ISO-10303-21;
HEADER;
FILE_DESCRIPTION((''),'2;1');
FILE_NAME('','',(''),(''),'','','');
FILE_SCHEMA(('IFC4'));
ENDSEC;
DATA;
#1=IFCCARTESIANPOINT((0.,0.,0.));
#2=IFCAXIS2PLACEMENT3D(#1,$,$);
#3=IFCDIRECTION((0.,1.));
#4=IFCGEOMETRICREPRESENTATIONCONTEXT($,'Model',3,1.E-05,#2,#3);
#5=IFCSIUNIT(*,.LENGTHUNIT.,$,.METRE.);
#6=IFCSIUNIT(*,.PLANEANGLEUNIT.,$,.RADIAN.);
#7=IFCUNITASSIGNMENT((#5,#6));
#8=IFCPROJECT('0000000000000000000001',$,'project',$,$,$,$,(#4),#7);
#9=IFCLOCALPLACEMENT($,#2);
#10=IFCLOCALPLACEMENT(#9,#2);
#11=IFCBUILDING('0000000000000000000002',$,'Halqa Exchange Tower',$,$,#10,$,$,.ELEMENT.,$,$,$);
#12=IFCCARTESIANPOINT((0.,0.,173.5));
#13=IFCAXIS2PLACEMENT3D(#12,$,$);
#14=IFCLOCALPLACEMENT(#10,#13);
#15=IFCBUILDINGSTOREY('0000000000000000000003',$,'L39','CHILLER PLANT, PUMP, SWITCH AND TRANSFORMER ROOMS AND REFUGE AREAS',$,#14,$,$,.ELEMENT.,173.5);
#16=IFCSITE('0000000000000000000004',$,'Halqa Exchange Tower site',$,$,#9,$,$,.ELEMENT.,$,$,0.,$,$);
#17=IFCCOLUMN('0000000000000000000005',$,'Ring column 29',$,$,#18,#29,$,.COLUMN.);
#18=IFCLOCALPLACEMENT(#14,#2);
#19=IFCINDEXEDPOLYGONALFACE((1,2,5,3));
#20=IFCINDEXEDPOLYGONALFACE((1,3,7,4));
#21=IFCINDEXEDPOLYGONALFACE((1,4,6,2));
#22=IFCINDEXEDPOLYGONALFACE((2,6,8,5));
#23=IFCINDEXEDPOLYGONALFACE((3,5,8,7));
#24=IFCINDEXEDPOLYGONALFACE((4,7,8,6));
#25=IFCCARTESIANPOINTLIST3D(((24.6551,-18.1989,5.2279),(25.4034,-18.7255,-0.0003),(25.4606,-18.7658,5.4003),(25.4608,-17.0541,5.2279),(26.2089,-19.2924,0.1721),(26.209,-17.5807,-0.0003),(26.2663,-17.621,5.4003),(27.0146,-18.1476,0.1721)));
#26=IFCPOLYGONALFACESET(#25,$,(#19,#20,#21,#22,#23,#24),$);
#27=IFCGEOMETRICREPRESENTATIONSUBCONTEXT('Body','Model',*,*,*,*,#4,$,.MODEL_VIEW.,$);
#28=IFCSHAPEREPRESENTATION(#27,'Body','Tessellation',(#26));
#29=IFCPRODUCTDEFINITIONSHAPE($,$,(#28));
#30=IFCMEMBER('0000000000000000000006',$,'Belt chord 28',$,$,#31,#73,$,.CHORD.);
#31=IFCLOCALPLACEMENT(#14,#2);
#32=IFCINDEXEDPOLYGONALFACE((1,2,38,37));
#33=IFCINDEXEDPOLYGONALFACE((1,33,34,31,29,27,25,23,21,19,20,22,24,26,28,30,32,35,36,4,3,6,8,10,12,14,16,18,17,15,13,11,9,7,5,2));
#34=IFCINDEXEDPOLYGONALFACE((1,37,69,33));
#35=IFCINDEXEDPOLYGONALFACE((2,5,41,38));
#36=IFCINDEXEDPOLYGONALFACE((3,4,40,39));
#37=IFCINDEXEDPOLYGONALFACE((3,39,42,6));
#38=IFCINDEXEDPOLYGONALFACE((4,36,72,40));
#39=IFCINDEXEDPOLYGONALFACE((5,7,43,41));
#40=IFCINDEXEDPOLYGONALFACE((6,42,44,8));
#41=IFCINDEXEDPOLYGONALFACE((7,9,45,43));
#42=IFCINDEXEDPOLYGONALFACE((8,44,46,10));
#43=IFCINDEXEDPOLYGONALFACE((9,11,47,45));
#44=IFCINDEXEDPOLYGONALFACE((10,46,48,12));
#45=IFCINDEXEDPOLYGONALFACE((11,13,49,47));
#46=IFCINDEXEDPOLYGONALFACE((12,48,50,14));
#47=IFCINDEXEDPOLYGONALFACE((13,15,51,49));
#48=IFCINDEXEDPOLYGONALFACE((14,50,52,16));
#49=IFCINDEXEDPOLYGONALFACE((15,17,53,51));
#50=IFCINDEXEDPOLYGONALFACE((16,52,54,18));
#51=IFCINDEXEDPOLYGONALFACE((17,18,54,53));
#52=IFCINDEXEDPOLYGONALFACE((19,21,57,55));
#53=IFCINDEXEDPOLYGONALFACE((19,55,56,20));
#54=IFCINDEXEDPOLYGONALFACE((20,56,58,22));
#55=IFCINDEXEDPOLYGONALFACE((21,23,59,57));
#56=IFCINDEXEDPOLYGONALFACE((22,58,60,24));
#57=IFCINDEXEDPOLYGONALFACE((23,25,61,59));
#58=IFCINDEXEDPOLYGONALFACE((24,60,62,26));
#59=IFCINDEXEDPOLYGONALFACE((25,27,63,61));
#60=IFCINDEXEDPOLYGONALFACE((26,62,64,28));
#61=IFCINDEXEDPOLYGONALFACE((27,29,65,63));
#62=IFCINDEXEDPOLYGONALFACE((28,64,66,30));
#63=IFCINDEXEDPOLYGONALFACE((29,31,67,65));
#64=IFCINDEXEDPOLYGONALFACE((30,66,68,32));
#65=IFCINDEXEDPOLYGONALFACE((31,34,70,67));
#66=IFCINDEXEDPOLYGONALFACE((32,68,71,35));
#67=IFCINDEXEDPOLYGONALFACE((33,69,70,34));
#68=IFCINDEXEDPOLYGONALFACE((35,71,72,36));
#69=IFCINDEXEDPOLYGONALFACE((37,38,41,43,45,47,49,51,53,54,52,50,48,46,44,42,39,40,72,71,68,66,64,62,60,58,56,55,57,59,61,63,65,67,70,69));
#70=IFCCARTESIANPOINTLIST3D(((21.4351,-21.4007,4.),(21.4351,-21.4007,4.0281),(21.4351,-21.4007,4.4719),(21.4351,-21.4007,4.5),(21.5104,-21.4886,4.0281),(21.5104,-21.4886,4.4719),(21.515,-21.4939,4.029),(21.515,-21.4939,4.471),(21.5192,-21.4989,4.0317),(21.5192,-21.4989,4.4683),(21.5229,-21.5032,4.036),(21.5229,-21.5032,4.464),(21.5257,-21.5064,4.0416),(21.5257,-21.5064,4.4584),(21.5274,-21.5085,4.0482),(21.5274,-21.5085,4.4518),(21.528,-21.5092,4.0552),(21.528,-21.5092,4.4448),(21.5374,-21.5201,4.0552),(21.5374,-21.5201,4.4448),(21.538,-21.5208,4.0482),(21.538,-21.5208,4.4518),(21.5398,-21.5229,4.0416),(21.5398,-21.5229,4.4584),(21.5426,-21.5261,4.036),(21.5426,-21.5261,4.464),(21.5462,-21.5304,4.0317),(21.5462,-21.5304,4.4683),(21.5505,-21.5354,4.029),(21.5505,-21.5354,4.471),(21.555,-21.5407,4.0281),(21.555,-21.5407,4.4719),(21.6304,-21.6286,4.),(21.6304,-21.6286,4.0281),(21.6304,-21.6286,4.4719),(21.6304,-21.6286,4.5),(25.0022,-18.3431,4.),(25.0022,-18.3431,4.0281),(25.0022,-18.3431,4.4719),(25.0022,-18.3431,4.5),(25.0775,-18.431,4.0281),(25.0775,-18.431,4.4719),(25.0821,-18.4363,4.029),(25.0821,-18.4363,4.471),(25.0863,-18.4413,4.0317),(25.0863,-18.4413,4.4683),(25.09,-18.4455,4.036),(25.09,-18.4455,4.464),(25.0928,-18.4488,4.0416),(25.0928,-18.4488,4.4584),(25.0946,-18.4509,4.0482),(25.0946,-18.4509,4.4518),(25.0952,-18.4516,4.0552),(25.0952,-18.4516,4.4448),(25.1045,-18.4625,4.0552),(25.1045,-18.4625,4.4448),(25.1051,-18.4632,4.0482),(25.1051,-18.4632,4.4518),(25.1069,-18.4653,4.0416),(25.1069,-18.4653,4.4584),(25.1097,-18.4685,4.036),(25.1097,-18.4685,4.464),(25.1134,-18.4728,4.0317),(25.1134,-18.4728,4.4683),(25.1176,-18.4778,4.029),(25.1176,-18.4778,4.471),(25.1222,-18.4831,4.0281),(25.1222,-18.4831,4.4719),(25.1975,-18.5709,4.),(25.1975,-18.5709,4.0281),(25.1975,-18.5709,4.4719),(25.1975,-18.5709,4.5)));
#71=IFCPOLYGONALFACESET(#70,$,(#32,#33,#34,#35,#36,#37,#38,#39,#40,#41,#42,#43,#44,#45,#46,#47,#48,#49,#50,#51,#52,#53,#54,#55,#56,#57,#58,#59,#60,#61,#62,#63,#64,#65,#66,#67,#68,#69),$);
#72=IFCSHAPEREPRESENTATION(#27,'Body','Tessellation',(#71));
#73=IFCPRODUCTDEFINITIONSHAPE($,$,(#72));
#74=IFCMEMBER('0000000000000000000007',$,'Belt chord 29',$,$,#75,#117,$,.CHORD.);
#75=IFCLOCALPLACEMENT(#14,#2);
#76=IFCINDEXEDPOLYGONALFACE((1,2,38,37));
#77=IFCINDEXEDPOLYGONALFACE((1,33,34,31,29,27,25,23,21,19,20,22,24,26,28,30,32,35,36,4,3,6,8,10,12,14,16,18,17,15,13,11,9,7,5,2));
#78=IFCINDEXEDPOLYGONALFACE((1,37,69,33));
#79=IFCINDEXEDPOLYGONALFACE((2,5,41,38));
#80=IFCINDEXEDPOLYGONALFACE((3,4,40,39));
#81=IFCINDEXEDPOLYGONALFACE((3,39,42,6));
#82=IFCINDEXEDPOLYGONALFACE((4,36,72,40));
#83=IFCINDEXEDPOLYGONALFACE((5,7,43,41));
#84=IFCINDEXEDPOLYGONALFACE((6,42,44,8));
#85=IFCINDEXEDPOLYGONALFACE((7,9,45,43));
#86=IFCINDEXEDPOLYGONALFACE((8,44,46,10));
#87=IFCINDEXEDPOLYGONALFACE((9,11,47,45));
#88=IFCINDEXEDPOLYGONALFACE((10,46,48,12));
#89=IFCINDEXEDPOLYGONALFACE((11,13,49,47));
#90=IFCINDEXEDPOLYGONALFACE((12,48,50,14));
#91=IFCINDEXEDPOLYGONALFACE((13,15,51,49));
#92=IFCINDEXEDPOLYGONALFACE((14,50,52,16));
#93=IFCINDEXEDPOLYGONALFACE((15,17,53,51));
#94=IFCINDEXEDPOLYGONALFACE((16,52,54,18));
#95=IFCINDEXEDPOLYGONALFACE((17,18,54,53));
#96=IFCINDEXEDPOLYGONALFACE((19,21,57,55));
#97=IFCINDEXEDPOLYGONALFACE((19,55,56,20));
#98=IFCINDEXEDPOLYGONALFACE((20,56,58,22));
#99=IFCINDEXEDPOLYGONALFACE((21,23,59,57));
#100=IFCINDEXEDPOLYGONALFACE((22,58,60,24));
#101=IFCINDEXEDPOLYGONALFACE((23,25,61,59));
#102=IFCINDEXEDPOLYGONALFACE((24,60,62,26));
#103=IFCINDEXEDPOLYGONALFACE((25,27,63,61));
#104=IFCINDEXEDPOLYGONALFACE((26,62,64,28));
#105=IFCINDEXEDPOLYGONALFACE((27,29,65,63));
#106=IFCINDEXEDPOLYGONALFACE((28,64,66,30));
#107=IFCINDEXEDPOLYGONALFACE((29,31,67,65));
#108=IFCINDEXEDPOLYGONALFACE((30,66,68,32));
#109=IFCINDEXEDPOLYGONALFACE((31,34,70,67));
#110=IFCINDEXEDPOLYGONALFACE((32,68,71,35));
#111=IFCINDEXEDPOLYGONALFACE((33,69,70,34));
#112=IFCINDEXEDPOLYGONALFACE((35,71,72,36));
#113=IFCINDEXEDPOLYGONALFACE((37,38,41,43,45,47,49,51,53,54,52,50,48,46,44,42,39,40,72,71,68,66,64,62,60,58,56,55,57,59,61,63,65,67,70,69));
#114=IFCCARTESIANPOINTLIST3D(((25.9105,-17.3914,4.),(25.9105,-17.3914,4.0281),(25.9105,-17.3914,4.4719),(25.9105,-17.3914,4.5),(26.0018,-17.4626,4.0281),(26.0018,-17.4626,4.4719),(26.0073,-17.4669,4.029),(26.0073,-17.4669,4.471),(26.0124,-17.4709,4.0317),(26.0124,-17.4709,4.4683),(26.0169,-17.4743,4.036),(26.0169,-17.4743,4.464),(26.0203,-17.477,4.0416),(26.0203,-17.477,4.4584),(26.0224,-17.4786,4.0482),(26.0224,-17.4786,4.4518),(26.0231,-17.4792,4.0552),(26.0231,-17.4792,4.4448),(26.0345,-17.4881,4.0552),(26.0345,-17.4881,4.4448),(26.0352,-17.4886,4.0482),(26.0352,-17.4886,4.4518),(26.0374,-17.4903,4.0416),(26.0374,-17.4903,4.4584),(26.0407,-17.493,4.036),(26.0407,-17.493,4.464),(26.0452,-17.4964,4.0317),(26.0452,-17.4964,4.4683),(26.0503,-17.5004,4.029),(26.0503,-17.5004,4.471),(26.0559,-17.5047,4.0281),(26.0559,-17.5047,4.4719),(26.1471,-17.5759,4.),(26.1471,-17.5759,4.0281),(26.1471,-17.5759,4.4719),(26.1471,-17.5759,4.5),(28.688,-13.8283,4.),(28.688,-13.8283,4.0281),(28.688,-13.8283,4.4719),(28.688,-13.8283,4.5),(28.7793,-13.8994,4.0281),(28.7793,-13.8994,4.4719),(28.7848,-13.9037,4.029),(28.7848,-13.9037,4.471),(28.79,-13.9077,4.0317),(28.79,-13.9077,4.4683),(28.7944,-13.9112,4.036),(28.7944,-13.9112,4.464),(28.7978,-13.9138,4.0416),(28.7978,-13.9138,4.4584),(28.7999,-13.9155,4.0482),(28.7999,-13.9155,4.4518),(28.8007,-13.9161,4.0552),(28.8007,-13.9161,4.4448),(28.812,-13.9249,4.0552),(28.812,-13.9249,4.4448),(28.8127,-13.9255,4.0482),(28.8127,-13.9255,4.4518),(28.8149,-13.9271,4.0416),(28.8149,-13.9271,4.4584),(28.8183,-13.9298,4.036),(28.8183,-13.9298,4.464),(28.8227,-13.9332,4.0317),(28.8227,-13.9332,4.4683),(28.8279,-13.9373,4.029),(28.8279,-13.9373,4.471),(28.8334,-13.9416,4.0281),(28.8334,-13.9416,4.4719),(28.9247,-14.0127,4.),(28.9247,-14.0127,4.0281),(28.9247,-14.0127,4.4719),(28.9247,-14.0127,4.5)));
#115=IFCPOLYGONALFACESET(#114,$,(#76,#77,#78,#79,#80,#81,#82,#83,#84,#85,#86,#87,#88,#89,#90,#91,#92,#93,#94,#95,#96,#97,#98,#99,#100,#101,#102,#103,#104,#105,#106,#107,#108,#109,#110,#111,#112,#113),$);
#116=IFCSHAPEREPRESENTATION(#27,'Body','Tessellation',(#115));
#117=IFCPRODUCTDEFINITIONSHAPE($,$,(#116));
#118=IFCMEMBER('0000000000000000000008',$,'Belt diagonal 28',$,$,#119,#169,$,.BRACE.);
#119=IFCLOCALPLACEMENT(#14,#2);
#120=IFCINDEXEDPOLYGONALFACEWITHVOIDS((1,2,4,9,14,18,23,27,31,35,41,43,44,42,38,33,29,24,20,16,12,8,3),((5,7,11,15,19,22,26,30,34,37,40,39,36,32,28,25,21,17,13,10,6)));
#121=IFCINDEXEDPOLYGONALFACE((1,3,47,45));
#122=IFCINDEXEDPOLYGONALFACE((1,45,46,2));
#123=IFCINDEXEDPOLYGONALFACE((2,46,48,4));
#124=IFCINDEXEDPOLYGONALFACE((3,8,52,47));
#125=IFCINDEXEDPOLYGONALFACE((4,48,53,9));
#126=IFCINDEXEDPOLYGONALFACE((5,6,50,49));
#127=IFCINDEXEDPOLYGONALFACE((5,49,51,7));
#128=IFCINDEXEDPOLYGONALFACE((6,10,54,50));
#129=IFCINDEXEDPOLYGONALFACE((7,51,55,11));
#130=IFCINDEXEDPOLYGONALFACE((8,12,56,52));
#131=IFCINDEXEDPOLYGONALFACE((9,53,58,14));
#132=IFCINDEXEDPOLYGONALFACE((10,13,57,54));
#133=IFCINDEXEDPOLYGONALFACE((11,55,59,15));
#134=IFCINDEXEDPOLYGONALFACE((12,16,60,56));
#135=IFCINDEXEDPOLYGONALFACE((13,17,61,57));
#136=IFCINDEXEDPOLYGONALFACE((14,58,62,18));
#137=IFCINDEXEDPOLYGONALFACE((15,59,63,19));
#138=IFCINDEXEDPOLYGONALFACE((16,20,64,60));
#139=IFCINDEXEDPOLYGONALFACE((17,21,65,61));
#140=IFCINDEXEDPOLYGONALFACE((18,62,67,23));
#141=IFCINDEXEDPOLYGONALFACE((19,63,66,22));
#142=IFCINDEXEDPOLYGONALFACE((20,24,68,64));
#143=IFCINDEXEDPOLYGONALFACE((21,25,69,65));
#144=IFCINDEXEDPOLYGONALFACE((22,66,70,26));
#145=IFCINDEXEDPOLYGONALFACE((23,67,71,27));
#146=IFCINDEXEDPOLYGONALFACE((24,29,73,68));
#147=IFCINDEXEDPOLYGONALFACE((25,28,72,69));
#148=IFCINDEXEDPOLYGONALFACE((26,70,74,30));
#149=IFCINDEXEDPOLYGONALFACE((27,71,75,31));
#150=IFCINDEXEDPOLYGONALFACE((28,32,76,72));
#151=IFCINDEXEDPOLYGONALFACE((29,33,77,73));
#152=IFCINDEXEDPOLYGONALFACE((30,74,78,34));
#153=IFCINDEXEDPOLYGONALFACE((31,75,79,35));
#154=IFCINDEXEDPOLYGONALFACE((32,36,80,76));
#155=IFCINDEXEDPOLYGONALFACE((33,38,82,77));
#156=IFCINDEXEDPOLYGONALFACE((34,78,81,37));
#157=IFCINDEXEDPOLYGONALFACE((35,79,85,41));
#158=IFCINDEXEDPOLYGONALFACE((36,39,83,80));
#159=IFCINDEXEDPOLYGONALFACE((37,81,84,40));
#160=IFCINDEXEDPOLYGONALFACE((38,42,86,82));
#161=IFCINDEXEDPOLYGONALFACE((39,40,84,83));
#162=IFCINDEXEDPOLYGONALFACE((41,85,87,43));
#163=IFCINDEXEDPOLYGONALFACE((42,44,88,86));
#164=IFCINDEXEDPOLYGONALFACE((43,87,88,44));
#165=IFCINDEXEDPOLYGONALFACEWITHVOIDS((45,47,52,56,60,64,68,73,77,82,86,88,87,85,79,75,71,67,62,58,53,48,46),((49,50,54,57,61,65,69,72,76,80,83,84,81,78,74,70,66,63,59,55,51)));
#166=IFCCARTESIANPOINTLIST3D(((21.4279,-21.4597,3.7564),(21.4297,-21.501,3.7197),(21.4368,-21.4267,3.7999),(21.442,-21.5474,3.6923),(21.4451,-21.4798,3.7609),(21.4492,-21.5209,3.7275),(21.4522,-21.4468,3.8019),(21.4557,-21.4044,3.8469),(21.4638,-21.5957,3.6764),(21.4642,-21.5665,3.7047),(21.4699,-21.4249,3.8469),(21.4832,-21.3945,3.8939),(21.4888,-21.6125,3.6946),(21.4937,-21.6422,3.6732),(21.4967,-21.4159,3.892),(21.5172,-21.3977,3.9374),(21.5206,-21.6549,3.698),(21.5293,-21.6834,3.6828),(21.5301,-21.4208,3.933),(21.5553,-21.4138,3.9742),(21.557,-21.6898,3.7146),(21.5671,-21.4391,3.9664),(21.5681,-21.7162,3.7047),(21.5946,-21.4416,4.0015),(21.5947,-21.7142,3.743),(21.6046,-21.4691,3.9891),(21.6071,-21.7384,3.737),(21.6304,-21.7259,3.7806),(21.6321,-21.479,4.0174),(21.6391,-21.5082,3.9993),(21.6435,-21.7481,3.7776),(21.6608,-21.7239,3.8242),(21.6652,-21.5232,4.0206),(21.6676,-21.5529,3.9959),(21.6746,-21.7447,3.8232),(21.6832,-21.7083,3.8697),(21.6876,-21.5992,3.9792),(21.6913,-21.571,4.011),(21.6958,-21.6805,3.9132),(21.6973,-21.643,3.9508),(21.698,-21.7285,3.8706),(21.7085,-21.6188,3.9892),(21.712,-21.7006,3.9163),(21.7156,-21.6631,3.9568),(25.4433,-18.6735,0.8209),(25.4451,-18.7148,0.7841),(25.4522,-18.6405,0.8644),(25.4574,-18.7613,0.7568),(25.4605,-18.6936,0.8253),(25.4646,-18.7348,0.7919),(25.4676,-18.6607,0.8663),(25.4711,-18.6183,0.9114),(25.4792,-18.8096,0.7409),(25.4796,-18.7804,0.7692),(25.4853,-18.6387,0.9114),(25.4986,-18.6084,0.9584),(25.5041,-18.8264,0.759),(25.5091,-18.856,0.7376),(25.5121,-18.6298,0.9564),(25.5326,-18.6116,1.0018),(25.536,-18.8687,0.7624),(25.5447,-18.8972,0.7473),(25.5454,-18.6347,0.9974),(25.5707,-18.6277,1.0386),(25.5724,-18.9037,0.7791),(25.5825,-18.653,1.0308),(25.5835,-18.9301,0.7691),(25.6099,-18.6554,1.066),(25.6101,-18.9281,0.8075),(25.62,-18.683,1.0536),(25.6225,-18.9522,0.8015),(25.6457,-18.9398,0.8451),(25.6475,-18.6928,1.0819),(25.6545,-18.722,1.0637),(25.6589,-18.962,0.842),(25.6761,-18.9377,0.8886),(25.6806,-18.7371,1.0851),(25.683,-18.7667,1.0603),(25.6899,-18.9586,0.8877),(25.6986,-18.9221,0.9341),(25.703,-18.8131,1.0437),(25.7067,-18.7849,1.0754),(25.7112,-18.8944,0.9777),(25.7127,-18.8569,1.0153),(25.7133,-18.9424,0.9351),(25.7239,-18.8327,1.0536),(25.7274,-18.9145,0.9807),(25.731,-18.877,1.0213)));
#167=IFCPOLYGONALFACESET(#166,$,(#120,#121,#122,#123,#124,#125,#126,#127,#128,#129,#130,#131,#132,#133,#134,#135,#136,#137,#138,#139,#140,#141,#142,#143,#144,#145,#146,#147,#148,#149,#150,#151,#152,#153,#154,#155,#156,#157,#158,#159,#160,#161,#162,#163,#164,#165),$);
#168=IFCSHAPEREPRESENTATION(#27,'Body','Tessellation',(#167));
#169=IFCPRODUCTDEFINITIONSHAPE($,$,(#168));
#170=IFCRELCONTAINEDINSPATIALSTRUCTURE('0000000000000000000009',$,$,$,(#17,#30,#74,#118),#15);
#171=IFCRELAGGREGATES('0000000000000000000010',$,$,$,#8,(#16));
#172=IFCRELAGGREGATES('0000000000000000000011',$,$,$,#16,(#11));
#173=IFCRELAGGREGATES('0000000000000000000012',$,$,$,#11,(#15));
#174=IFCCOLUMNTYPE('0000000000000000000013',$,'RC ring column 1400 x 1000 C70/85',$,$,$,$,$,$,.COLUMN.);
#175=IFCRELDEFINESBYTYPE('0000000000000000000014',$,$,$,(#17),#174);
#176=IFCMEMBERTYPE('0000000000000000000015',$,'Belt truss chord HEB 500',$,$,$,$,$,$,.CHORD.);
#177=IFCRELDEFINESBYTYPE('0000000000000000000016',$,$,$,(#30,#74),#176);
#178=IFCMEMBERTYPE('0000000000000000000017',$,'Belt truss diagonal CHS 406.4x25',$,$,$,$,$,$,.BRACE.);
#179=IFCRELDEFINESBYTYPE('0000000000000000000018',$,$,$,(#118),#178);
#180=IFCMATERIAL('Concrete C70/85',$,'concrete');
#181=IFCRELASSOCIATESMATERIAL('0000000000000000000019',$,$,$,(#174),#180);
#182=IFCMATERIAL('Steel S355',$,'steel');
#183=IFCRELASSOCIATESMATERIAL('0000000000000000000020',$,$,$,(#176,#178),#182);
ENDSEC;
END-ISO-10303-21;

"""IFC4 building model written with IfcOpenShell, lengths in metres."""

from ifc_helpers import new_model, si_unit, direction, frame, origin, origin_2d, place, context, subcontext, project, spatial, rectangle, hollow_circle, i_section, extrude, material, material_profile, profile_set, type_object, element, save


model = new_model("IFC4")

# Units and contexts
model_context = context("Model", 3, precision=1e-05, world=origin(), true_north=direction((0.0, 1.0)))
body_context = subcontext(model_context, "Body", "Model", "MODEL_VIEW")
ifc_project = project(units=[si_unit("LENGTHUNIT", "METRE"), si_unit("PLANEANGLEUNIT", "RADIAN")], contexts=[model_context])

# Site, building, storey
site_placement = place(None, origin())
site = spatial("IfcSite", under=ifc_project, at=site_placement, Name="Halqa Exchange Tower site", CompositionType="ELEMENT", RefElevation=0.0)
building_placement = place(site_placement, origin())
building = spatial("IfcBuilding", under=site, at=building_placement, Name="Halqa Exchange Tower", CompositionType="ELEMENT")
storey_placement = place(building_placement, frame((0.0, 0.0, 173.5)))
storey = spatial("IfcBuildingStorey", under=building, at=storey_placement, Name="L39", Description="CHILLER PLANT, PUMP, SWITCH AND TRANSFORMER ROOMS AND REFUGE AREAS", CompositionType="ELEMENT", Elevation=173.5)

# Column
ifc_material_1 = material(Name="Concrete C70/85", Category="concrete")
ifc_material_profile_1 = material_profile(ifc_material_1, rectangle(XDim=1.3999, YDim=1.0, at=origin_2d()), Name="1400 x 1000")
ifc_profile_set_1 = profile_set([ifc_material_profile_1], Name="Concrete C70/85")
column_type = type_object("IfcColumnType", Name="RC ring column 1400 x 1000 C70/85", PredefinedType="COLUMN", material=ifc_profile_set_1)
column_placement = place(storey_placement, frame((26.209, -18.4365, 0.0859), z_axis=(-0.140981, 0.099216, 0.985028), x_axis=(-0.57552, -0.817788, 0.0)))
element("IfcColumn", 1, at=column_placement, inside=storey, type_object=column_type, Name="Ring column 29", PredefinedType="COLUMN", context=body_context, shape_type="SweptSolid", body=[
    extrude(rectangle(XDim=1.3999, YDim=1.0, at=origin_2d()), origin(), (0.0, 0.0, 1.0), 5.3076),
])

# Members
ifc_material_2 = material(Name="Steel S355", Category="steel")
ifc_material_profile_2 = material_profile(ifc_material_2, i_section(OverallWidth=0.3, OverallDepth=0.5, WebThickness=0.0144, FlangeThickness=0.0281, FilletRadius=0.0271, at=origin_2d()), Name="HEB 500")
ifc_profile_set_2 = profile_set([ifc_material_profile_2], Name="Steel S355")
member_type_1 = type_object("IfcMemberType", Name="Belt truss chord HEB 500", PredefinedType="CHORD", material=ifc_profile_set_2)
member_1_placement = place(storey_placement, frame((21.5327, -21.5146, 4.25), z_axis=(0.759249, 0.6508, 0.0), x_axis=(-0.6508, 0.759249, 0.0)))
element("IfcMember", 2, at=member_1_placement, inside=storey, type_object=member_type_1, Name="Belt chord 28", PredefinedType="CHORD", context=body_context, shape_type="SweptSolid", body=[
    extrude(i_section(OverallWidth=0.3, OverallDepth=0.5, WebThickness=0.0144, FlangeThickness=0.0281, FilletRadius=0.0271, at=origin_2d()), origin(), (0.0, 0.0, 1.0), 4.6982),
])
member_2_placement = place(storey_placement, frame((26.0288, -17.4836, 4.25), z_axis=(0.614793, 0.788688, 0.0), x_axis=(-0.788688, 0.614793, 0.0)))
element("IfcMember", 3, at=member_2_placement, inside=storey, type_object=member_type_1, Name="Belt chord 29", PredefinedType="CHORD", context=body_context, shape_type="SweptSolid", body=[
    extrude(i_section(OverallWidth=0.3, OverallDepth=0.5, WebThickness=0.0144, FlangeThickness=0.0281, FilletRadius=0.0271, at=origin_2d()), origin(), (0.0, 0.0, 1.0), 4.5178),
])
ifc_material_profile_3 = material_profile(ifc_material_2, hollow_circle(Radius=0.2031, WallThickness=0.0249, at=origin_2d()), Name="CHS 406.4x25")
ifc_profile_set_3 = profile_set([ifc_material_profile_3], Name="Steel S355")
member_type_2 = type_object("IfcMemberType", Name="Belt truss diagonal CHS 406.4x25", PredefinedType="BRACE", material=ifc_profile_set_3)
member_3_placement = place(storey_placement, frame((21.5715, -21.5713, 3.8469), z_axis=(0.704309, 0.488696, -0.514903), x_axis=(-0.570075, 0.821593, 0.0)))
element("IfcMember", 4, at=member_3_placement, inside=storey, type_object=member_type_2, Name="Belt diagonal 28", PredefinedType="BRACE", context=body_context, shape_type="SweptSolid", body=[
    extrude(hollow_circle(Radius=0.2031, WallThickness=0.0249, at=origin_2d()), origin(), (0.0, 0.0, 1.0), 5.7012),
])

save(model, "model.ifc")
